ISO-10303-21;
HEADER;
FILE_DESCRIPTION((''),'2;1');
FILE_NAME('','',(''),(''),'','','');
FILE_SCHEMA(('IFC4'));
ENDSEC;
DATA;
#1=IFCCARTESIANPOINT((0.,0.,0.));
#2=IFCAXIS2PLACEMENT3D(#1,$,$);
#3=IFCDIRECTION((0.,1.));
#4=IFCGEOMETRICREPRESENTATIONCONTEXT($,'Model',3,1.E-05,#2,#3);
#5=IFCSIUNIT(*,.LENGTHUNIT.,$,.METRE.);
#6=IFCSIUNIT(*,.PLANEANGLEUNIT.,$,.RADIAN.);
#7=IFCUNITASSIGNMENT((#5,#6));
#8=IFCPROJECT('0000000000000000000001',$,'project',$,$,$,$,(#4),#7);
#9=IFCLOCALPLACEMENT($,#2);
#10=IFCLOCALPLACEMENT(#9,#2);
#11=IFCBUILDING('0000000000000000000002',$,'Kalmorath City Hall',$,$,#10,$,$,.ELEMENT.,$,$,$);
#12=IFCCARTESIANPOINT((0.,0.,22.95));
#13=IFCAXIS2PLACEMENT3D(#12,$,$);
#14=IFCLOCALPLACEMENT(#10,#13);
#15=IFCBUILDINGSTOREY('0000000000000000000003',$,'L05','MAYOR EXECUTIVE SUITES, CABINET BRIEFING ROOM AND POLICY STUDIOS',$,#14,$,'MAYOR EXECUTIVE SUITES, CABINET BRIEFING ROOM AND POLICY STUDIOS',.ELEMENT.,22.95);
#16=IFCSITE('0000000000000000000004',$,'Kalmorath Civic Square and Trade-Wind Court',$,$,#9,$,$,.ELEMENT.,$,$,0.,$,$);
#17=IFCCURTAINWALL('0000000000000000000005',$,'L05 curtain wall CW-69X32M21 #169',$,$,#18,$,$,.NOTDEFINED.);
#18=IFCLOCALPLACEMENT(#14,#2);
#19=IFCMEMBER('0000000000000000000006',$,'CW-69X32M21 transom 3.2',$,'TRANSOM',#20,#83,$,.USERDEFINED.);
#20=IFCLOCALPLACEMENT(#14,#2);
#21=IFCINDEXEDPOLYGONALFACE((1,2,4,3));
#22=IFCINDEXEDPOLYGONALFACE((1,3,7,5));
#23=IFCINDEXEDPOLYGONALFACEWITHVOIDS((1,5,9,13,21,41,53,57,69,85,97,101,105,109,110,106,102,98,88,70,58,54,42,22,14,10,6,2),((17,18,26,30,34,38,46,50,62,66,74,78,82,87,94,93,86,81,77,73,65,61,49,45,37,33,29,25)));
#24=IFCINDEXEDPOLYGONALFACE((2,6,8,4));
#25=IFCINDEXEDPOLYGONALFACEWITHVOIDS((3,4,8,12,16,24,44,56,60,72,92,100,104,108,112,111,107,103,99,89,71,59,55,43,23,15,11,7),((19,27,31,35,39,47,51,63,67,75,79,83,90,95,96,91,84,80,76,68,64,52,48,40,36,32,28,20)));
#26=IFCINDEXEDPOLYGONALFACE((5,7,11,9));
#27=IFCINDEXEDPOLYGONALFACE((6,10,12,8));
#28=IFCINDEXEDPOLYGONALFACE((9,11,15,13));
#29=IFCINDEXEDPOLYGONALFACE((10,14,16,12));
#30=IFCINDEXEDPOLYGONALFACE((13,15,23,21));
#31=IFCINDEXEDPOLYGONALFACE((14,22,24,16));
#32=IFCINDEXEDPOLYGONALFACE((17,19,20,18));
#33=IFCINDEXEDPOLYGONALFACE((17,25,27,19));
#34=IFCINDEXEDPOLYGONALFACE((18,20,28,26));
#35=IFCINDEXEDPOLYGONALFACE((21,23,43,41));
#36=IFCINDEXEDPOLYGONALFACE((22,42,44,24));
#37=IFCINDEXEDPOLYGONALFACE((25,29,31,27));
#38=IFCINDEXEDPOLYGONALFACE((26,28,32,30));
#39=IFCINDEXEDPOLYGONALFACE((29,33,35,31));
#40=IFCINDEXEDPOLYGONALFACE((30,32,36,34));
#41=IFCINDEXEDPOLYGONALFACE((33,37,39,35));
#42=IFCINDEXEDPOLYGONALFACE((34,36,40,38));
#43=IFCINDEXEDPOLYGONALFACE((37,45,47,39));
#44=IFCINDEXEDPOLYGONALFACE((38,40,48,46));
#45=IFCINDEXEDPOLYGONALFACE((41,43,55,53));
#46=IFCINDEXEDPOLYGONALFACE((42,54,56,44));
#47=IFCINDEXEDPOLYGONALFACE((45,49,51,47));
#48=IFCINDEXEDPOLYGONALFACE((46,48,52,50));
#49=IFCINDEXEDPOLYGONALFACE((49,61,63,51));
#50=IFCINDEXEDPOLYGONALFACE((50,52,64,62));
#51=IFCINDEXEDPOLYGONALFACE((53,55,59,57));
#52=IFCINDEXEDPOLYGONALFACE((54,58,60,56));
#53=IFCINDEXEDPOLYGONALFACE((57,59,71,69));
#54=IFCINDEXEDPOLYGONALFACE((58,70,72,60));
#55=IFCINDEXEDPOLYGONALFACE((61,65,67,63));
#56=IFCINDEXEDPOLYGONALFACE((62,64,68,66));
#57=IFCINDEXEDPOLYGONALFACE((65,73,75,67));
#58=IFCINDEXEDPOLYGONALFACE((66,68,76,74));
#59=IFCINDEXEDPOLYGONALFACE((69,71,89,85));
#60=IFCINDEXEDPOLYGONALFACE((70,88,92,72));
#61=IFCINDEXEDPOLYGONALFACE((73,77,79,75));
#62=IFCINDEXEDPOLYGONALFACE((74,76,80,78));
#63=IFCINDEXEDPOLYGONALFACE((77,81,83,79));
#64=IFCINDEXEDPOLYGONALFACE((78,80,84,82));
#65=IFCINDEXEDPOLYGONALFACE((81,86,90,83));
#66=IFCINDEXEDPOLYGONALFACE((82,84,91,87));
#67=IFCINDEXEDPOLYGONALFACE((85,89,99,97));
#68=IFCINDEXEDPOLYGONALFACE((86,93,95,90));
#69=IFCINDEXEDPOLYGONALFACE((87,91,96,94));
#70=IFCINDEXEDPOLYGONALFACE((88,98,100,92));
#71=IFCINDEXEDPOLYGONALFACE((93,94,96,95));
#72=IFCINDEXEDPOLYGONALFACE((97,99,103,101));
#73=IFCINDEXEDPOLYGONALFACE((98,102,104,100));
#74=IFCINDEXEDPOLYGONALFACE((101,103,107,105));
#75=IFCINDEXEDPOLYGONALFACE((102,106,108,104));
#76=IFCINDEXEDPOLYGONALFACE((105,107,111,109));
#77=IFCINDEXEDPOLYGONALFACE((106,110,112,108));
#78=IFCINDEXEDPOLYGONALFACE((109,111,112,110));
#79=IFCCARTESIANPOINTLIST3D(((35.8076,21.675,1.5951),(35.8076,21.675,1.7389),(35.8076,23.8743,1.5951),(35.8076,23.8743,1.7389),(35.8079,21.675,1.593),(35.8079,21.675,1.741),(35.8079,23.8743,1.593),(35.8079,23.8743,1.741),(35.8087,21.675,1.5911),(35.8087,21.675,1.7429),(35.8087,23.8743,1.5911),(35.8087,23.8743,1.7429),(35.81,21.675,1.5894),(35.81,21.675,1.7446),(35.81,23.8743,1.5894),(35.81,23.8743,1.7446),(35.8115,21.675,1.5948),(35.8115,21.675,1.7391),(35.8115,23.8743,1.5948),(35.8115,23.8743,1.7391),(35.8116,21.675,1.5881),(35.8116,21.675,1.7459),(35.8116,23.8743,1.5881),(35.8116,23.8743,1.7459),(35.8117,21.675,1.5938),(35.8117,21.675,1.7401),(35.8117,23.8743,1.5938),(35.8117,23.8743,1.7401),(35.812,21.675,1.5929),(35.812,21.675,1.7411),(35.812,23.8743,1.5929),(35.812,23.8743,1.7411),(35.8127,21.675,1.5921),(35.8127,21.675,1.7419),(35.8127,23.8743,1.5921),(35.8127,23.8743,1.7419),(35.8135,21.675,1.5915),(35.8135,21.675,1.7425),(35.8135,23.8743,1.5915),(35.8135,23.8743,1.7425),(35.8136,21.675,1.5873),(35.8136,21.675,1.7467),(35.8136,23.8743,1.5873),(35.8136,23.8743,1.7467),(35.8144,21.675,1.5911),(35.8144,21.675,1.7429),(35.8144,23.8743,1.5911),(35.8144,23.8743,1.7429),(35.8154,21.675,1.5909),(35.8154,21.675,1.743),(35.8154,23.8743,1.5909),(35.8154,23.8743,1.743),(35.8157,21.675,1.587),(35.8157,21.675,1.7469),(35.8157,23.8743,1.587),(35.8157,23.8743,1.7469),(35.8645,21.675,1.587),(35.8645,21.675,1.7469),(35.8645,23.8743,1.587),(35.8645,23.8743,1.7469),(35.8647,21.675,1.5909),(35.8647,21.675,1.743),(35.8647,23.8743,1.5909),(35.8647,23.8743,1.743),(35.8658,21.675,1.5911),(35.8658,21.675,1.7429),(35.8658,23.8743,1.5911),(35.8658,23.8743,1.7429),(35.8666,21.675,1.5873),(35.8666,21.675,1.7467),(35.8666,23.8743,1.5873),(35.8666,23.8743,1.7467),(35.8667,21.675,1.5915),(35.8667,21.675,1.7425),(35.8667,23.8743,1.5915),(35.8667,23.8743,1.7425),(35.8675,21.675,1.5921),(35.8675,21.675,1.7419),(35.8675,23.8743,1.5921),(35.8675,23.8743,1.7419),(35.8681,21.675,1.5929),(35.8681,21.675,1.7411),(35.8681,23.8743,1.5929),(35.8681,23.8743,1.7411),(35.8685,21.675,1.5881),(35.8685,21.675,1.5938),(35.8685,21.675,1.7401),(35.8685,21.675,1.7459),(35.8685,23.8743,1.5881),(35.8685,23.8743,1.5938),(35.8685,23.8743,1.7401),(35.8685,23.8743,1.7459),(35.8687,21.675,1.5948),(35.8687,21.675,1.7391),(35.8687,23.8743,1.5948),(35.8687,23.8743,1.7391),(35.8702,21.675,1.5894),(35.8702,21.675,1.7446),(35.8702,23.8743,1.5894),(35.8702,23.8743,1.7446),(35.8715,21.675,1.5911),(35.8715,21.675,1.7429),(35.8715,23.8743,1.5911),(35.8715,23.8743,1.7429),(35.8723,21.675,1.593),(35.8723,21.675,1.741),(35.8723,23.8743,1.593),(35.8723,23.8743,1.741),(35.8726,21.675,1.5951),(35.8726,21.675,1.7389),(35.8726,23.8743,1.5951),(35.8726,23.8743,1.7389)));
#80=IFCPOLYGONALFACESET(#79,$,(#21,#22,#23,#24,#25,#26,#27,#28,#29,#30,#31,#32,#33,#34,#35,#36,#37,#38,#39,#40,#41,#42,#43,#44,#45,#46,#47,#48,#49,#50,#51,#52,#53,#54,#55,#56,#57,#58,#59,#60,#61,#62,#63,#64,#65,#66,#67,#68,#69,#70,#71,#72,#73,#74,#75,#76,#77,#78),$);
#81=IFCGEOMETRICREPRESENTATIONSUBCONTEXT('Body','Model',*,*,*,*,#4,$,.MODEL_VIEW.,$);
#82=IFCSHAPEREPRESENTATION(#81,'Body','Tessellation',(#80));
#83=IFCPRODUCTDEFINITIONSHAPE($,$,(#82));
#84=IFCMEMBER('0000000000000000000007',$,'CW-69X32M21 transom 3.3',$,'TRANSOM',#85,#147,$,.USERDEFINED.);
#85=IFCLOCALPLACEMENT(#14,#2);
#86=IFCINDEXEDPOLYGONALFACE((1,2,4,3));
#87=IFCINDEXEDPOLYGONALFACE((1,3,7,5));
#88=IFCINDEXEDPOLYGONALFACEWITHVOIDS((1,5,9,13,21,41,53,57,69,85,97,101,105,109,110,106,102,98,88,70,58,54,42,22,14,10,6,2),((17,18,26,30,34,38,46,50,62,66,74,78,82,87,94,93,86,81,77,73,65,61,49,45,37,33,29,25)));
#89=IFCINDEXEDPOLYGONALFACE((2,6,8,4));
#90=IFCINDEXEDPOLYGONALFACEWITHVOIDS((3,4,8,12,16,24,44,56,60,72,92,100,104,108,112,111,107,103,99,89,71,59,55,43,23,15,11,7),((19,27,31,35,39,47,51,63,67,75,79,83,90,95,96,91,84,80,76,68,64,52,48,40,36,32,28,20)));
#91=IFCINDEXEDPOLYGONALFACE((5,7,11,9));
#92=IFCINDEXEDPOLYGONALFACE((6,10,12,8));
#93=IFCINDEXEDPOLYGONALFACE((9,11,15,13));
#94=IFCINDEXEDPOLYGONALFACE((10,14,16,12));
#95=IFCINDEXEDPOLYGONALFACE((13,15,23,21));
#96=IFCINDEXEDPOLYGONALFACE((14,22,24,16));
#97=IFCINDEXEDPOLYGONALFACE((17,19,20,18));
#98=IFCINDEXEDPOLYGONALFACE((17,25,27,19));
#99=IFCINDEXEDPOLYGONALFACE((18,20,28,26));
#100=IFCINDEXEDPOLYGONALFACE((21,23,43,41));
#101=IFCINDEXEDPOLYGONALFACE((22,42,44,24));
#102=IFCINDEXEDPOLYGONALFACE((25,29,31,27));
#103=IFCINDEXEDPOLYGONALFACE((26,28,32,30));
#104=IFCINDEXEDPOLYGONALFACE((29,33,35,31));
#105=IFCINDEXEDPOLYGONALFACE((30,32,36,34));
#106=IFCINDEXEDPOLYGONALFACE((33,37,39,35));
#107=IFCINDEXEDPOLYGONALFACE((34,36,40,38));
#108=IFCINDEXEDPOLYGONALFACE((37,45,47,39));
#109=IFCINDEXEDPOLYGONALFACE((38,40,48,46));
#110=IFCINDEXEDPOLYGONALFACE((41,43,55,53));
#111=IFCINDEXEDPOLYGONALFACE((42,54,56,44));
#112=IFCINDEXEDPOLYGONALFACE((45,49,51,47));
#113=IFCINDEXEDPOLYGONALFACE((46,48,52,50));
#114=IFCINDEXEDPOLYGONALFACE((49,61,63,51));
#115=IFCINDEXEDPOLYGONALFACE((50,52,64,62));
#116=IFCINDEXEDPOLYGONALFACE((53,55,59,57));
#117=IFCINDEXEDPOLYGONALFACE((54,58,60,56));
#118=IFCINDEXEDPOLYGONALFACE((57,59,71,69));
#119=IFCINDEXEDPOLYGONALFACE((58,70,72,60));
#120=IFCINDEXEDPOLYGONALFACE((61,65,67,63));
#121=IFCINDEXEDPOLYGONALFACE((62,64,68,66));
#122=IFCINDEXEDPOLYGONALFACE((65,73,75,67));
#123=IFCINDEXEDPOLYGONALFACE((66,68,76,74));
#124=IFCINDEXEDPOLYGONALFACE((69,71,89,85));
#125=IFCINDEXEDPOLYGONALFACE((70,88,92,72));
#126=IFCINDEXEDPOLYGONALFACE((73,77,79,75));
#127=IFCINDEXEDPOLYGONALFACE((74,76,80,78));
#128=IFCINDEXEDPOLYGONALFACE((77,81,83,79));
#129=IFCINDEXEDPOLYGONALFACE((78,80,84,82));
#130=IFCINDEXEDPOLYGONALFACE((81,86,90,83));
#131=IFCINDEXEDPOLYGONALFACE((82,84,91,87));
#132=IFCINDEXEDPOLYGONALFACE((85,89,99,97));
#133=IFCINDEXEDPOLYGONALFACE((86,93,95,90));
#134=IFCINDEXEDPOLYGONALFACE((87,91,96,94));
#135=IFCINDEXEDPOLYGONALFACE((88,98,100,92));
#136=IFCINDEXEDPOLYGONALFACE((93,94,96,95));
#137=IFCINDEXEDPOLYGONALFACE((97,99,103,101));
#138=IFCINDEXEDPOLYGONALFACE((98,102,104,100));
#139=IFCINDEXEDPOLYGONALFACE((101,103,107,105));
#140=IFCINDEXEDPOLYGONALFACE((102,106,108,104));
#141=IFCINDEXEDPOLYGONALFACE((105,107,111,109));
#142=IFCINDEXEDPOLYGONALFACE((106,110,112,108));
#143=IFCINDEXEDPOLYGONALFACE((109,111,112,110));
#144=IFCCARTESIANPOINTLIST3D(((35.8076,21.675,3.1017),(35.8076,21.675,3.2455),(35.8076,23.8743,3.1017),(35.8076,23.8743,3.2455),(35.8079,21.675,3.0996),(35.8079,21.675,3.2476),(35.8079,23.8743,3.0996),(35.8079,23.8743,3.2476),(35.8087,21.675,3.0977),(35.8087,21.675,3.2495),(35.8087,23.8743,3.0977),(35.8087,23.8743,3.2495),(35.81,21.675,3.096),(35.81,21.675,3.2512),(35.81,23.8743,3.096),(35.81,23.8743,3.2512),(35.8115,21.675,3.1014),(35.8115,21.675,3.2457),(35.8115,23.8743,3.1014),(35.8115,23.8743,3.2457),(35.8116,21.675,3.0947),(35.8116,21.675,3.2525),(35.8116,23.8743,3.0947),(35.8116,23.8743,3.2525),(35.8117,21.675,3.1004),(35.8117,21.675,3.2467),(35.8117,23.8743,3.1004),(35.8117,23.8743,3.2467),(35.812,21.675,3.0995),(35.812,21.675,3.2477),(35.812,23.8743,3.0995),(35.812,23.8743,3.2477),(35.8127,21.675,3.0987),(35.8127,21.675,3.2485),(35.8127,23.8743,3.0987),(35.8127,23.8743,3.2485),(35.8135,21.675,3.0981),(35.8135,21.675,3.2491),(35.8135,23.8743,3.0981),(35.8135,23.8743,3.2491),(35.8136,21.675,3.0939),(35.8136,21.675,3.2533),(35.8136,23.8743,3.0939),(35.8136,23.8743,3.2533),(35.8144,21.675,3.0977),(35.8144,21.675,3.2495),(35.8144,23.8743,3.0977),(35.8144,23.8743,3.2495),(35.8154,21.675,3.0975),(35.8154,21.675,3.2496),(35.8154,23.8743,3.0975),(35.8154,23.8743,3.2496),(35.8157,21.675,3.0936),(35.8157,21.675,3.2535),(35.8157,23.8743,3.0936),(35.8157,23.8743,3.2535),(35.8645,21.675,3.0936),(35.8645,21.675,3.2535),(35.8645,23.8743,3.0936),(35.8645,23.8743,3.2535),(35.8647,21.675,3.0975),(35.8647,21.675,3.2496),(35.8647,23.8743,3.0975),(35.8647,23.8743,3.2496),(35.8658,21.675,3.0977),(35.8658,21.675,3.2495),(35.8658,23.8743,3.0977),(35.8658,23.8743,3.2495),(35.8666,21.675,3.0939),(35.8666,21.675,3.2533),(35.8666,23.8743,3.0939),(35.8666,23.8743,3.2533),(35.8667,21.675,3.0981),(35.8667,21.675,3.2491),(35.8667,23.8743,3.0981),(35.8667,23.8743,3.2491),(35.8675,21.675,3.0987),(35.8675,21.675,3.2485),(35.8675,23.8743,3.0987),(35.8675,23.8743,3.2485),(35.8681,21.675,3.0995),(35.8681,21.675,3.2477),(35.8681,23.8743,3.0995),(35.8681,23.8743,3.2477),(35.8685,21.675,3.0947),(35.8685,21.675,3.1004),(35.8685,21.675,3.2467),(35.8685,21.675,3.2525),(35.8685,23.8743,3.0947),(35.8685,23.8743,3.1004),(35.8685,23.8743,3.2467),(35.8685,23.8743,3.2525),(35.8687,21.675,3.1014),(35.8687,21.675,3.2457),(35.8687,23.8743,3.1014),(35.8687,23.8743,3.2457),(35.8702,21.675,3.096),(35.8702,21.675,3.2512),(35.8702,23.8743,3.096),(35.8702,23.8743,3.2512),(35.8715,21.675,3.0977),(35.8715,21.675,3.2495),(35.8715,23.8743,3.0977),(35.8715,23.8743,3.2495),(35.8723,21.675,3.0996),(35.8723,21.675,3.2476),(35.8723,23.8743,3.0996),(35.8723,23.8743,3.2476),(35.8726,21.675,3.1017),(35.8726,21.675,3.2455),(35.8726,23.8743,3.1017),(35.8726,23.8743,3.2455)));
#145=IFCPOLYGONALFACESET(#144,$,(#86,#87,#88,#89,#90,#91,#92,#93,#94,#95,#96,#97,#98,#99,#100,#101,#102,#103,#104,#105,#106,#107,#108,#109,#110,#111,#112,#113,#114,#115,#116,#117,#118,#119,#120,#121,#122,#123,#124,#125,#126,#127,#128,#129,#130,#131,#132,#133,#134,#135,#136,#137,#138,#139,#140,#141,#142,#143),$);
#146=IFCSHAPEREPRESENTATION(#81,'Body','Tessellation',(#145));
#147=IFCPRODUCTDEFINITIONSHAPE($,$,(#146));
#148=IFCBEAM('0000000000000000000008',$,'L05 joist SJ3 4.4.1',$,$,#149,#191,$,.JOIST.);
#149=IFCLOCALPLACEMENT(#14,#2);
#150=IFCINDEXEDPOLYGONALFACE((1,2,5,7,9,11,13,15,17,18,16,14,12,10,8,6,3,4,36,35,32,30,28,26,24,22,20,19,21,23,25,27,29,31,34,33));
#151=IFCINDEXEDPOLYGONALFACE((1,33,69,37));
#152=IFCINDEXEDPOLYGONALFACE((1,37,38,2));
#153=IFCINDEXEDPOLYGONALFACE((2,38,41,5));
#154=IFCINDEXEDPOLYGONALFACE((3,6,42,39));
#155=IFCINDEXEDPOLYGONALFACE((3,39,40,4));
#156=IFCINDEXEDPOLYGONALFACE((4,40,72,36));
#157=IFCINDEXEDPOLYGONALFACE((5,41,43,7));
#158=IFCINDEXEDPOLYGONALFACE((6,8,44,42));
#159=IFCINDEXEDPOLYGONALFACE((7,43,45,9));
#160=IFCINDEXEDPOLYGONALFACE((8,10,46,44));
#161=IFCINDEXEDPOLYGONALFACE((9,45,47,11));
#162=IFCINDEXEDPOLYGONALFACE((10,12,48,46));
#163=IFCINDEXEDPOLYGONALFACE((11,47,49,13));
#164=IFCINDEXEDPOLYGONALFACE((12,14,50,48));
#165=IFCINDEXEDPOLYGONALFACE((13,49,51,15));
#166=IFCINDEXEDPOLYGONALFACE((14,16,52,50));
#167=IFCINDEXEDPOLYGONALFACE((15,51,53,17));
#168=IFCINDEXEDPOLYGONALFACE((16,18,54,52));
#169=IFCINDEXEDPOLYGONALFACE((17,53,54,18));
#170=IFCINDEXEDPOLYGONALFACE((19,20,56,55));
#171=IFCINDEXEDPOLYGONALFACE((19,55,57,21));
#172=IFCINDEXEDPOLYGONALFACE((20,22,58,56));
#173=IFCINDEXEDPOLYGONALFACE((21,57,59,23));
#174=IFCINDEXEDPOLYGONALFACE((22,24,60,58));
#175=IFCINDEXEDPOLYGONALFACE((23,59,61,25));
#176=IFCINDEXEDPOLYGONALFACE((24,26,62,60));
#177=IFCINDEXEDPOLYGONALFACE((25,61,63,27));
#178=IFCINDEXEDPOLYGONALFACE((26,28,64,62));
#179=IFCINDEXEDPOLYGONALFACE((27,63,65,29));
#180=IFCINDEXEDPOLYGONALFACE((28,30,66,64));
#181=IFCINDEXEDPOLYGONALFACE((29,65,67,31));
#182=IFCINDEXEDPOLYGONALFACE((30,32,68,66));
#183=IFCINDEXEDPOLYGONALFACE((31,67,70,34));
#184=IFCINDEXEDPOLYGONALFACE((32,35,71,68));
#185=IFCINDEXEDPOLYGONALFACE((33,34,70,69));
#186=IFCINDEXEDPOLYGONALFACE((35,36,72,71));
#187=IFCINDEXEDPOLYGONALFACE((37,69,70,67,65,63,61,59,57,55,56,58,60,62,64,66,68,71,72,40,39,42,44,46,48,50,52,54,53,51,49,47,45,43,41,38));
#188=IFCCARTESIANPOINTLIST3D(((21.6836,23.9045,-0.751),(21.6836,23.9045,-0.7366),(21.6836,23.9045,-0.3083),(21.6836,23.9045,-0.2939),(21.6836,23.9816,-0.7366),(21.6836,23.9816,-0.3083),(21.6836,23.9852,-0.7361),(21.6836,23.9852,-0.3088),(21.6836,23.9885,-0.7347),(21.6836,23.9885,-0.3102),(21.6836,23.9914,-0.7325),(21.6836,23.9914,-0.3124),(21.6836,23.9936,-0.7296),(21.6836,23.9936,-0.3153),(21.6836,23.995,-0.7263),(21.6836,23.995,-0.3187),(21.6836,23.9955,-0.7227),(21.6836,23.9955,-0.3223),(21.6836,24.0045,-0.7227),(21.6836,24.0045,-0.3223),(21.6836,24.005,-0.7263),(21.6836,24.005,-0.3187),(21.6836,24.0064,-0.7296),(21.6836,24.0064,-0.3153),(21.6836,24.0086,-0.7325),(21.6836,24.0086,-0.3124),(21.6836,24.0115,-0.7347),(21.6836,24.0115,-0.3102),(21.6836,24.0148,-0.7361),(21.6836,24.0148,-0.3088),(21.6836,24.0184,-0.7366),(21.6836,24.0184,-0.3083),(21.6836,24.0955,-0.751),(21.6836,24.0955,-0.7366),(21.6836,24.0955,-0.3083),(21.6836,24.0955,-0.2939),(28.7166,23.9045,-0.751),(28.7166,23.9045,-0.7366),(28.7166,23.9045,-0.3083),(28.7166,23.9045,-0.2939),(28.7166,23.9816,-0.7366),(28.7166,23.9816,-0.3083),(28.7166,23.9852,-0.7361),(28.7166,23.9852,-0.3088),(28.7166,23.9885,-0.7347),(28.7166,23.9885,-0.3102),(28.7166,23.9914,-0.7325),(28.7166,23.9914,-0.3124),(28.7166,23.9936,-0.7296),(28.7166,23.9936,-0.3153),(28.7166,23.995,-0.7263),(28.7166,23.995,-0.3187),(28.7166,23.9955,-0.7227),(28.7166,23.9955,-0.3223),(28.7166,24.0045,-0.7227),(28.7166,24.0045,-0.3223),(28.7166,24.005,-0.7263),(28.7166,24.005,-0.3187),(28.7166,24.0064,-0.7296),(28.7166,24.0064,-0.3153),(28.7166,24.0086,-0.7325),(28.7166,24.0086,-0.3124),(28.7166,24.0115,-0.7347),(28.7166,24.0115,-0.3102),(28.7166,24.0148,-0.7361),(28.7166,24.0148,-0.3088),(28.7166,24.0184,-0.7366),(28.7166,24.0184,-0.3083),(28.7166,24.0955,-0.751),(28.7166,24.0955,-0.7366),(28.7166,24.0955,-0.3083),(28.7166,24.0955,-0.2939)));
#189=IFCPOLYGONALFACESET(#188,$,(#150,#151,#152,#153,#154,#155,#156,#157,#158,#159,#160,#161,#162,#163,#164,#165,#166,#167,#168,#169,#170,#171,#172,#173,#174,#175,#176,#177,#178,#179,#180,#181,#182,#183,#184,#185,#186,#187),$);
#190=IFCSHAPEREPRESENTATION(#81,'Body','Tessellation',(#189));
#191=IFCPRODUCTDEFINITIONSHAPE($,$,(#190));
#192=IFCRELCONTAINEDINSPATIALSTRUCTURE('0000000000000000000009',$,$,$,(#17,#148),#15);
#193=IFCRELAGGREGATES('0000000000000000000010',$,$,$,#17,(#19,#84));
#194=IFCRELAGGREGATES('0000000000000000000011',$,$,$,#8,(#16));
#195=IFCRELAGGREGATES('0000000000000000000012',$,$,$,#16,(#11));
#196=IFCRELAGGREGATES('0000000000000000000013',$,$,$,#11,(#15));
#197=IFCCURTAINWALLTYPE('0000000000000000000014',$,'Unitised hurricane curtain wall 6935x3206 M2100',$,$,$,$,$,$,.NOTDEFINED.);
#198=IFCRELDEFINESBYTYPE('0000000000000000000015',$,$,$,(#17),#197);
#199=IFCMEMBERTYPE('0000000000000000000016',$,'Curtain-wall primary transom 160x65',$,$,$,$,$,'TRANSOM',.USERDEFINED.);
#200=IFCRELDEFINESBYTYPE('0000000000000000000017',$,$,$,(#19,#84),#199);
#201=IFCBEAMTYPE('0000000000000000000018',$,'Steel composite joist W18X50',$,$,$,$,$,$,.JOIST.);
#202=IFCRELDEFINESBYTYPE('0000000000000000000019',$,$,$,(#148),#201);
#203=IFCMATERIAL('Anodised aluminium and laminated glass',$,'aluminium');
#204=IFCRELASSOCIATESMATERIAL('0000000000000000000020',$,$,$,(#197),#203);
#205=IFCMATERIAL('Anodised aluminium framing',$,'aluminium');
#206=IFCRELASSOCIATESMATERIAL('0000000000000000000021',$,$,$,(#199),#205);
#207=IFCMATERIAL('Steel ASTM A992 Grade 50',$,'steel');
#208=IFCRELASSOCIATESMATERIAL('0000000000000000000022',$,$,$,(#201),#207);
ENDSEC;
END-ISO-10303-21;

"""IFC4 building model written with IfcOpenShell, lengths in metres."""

from ifc_helpers import new_model, si_unit, direction, frame, origin, origin_2d, place, context, subcontext, project, spatial, hollow_rectangle, i_section, extrude, material, material_profile, profile_set, type_object, element, aggregate, save


model = new_model("IFC4")

# Units and contexts
model_context = context("Model", 3, precision=1e-05, world=origin(), true_north=direction((0.0, 1.0)))
body_context = subcontext(model_context, "Body", "Model", "MODEL_VIEW")
ifc_project = project(units=[si_unit("LENGTHUNIT", "METRE"), si_unit("PLANEANGLEUNIT", "RADIAN")], contexts=[model_context])

# Site, building, storey
site_placement = place(None, origin())
site = spatial("IfcSite", under=ifc_project, at=site_placement, Name="Kalmorath Civic Square and Trade-Wind Court", CompositionType="ELEMENT", RefElevation=0.0)
building_placement = place(site_placement, origin())
building = spatial("IfcBuilding", under=site, at=building_placement, Name="Kalmorath City Hall", CompositionType="ELEMENT")
storey_placement = place(building_placement, frame((0.0, 0.0, 22.95)))
storey = spatial("IfcBuildingStorey", under=building, at=storey_placement, Name="L05", Description="MAYOR EXECUTIVE SUITES, CABINET BRIEFING ROOM AND POLICY STUDIOS", LongName="MAYOR EXECUTIVE SUITES, CABINET BRIEFING ROOM AND POLICY STUDIOS", CompositionType="ELEMENT", Elevation=22.95)

# Curtain wall, members
ifc_material_1 = material(Name="Anodised aluminium and laminated glass", Category="aluminium")
curtain_wall_type = type_object("IfcCurtainWallType", Name="Unitised hurricane curtain wall 6935x3206 M2100", PredefinedType="NOTDEFINED", material=ifc_material_1)
curtain_wall_placement = place(storey_placement, origin())
curtain_wall = element("IfcCurtainWall", 1, at=curtain_wall_placement, inside=storey, type_object=curtain_wall_type, Name="L05 curtain wall CW-69X32M21 #169", PredefinedType="NOTDEFINED")
ifc_material_2 = material(Name="Anodised aluminium framing", Category="aluminium")
ifc_material_profile_1 = material_profile(ifc_material_2, hollow_rectangle(XDim=0.0649, YDim=0.1599, WallThickness=0.0039, InnerFilletRadius=0.0039, OuterFilletRadius=0.0081, at=origin_2d()), Name="ALU-TRN-160X65X4")
ifc_profile_set_1 = profile_set([ifc_material_profile_1], Name="Anodised aluminium framing")
member_type_1 = type_object("IfcMemberType", Name="Curtain-wall primary transom 160x65", ElementType="TRANSOM", PredefinedType="USERDEFINED", material=ifc_profile_set_1)
member_1_placement = place(storey_placement, frame((35.8401, 23.8743, 1.667), z_axis=(0.0, -1.0, 0.0), x_axis=(1.0, 0.0, 0.0)))
member_1 = element("IfcMember", 2, at=member_1_placement, type_object=member_type_1, Name="CW-69X32M21 transom 3.2", ObjectType="TRANSOM", PredefinedType="USERDEFINED", context=body_context, shape_type="SweptSolid", body=[
    extrude(hollow_rectangle(XDim=0.0649, YDim=0.1599, WallThickness=0.0039, InnerFilletRadius=0.0039, OuterFilletRadius=0.0081, at=origin_2d()), origin(), (0.0, 0.0, 1.0), 2.1992),
])
member_2_placement = place(storey_placement, frame((35.8401, 23.8743, 3.1736), z_axis=(0.0, -1.0, 0.0), x_axis=(1.0, 0.0, 0.0)))
member_2 = element("IfcMember", 3, at=member_2_placement, type_object=member_type_1, Name="CW-69X32M21 transom 3.3", ObjectType="TRANSOM", PredefinedType="USERDEFINED", context=body_context, shape_type="SweptSolid", body=[
    extrude(hollow_rectangle(XDim=0.0649, YDim=0.1599, WallThickness=0.0039, InnerFilletRadius=0.0039, OuterFilletRadius=0.0081, at=origin_2d()), origin(), (0.0, 0.0, 1.0), 2.1992),
])

# Beam
ifc_material_3 = material(Name="Steel ASTM A992 Grade 50", Category="steel")
ifc_material_profile_2 = material_profile(ifc_material_3, i_section(OverallWidth=0.1909, OverallDepth=0.457, WebThickness=0.009, FlangeThickness=0.0144, FilletRadius=0.0139, at=origin_2d()), Name="W18X50")
ifc_profile_set_2 = profile_set([ifc_material_profile_2], Name="Steel ASTM A992 Grade 50")
beam_type_1 = type_object("IfcBeamType", Name="Steel composite joist W18X50", PredefinedType="JOIST", material=ifc_profile_set_2)
for number, where, z_axis, x_axis, name in (
    (4, (21.6836, 24.0, -0.5225), (1.0, 0.0, 0.0), (0.0, 1.0, 0.0), "L05 joist SJ3 4.4.1"),
):
    element("IfcBeam", number, at=place(storey_placement, frame(where, z_axis=z_axis, x_axis=x_axis)), inside=storey, type_object=beam_type_1, Name=name, PredefinedType="JOIST", context=body_context, shape_type="SweptSolid", body=[
        extrude(i_section(OverallWidth=0.1909, OverallDepth=0.457, WebThickness=0.009, FlangeThickness=0.0144, FilletRadius=0.0139, at=origin_2d()), origin(), (0.0, 0.0, 1.0), 7.033),
    ])

aggregate(curtain_wall, [member_1, member_2])

save(model, "model.ifc")
